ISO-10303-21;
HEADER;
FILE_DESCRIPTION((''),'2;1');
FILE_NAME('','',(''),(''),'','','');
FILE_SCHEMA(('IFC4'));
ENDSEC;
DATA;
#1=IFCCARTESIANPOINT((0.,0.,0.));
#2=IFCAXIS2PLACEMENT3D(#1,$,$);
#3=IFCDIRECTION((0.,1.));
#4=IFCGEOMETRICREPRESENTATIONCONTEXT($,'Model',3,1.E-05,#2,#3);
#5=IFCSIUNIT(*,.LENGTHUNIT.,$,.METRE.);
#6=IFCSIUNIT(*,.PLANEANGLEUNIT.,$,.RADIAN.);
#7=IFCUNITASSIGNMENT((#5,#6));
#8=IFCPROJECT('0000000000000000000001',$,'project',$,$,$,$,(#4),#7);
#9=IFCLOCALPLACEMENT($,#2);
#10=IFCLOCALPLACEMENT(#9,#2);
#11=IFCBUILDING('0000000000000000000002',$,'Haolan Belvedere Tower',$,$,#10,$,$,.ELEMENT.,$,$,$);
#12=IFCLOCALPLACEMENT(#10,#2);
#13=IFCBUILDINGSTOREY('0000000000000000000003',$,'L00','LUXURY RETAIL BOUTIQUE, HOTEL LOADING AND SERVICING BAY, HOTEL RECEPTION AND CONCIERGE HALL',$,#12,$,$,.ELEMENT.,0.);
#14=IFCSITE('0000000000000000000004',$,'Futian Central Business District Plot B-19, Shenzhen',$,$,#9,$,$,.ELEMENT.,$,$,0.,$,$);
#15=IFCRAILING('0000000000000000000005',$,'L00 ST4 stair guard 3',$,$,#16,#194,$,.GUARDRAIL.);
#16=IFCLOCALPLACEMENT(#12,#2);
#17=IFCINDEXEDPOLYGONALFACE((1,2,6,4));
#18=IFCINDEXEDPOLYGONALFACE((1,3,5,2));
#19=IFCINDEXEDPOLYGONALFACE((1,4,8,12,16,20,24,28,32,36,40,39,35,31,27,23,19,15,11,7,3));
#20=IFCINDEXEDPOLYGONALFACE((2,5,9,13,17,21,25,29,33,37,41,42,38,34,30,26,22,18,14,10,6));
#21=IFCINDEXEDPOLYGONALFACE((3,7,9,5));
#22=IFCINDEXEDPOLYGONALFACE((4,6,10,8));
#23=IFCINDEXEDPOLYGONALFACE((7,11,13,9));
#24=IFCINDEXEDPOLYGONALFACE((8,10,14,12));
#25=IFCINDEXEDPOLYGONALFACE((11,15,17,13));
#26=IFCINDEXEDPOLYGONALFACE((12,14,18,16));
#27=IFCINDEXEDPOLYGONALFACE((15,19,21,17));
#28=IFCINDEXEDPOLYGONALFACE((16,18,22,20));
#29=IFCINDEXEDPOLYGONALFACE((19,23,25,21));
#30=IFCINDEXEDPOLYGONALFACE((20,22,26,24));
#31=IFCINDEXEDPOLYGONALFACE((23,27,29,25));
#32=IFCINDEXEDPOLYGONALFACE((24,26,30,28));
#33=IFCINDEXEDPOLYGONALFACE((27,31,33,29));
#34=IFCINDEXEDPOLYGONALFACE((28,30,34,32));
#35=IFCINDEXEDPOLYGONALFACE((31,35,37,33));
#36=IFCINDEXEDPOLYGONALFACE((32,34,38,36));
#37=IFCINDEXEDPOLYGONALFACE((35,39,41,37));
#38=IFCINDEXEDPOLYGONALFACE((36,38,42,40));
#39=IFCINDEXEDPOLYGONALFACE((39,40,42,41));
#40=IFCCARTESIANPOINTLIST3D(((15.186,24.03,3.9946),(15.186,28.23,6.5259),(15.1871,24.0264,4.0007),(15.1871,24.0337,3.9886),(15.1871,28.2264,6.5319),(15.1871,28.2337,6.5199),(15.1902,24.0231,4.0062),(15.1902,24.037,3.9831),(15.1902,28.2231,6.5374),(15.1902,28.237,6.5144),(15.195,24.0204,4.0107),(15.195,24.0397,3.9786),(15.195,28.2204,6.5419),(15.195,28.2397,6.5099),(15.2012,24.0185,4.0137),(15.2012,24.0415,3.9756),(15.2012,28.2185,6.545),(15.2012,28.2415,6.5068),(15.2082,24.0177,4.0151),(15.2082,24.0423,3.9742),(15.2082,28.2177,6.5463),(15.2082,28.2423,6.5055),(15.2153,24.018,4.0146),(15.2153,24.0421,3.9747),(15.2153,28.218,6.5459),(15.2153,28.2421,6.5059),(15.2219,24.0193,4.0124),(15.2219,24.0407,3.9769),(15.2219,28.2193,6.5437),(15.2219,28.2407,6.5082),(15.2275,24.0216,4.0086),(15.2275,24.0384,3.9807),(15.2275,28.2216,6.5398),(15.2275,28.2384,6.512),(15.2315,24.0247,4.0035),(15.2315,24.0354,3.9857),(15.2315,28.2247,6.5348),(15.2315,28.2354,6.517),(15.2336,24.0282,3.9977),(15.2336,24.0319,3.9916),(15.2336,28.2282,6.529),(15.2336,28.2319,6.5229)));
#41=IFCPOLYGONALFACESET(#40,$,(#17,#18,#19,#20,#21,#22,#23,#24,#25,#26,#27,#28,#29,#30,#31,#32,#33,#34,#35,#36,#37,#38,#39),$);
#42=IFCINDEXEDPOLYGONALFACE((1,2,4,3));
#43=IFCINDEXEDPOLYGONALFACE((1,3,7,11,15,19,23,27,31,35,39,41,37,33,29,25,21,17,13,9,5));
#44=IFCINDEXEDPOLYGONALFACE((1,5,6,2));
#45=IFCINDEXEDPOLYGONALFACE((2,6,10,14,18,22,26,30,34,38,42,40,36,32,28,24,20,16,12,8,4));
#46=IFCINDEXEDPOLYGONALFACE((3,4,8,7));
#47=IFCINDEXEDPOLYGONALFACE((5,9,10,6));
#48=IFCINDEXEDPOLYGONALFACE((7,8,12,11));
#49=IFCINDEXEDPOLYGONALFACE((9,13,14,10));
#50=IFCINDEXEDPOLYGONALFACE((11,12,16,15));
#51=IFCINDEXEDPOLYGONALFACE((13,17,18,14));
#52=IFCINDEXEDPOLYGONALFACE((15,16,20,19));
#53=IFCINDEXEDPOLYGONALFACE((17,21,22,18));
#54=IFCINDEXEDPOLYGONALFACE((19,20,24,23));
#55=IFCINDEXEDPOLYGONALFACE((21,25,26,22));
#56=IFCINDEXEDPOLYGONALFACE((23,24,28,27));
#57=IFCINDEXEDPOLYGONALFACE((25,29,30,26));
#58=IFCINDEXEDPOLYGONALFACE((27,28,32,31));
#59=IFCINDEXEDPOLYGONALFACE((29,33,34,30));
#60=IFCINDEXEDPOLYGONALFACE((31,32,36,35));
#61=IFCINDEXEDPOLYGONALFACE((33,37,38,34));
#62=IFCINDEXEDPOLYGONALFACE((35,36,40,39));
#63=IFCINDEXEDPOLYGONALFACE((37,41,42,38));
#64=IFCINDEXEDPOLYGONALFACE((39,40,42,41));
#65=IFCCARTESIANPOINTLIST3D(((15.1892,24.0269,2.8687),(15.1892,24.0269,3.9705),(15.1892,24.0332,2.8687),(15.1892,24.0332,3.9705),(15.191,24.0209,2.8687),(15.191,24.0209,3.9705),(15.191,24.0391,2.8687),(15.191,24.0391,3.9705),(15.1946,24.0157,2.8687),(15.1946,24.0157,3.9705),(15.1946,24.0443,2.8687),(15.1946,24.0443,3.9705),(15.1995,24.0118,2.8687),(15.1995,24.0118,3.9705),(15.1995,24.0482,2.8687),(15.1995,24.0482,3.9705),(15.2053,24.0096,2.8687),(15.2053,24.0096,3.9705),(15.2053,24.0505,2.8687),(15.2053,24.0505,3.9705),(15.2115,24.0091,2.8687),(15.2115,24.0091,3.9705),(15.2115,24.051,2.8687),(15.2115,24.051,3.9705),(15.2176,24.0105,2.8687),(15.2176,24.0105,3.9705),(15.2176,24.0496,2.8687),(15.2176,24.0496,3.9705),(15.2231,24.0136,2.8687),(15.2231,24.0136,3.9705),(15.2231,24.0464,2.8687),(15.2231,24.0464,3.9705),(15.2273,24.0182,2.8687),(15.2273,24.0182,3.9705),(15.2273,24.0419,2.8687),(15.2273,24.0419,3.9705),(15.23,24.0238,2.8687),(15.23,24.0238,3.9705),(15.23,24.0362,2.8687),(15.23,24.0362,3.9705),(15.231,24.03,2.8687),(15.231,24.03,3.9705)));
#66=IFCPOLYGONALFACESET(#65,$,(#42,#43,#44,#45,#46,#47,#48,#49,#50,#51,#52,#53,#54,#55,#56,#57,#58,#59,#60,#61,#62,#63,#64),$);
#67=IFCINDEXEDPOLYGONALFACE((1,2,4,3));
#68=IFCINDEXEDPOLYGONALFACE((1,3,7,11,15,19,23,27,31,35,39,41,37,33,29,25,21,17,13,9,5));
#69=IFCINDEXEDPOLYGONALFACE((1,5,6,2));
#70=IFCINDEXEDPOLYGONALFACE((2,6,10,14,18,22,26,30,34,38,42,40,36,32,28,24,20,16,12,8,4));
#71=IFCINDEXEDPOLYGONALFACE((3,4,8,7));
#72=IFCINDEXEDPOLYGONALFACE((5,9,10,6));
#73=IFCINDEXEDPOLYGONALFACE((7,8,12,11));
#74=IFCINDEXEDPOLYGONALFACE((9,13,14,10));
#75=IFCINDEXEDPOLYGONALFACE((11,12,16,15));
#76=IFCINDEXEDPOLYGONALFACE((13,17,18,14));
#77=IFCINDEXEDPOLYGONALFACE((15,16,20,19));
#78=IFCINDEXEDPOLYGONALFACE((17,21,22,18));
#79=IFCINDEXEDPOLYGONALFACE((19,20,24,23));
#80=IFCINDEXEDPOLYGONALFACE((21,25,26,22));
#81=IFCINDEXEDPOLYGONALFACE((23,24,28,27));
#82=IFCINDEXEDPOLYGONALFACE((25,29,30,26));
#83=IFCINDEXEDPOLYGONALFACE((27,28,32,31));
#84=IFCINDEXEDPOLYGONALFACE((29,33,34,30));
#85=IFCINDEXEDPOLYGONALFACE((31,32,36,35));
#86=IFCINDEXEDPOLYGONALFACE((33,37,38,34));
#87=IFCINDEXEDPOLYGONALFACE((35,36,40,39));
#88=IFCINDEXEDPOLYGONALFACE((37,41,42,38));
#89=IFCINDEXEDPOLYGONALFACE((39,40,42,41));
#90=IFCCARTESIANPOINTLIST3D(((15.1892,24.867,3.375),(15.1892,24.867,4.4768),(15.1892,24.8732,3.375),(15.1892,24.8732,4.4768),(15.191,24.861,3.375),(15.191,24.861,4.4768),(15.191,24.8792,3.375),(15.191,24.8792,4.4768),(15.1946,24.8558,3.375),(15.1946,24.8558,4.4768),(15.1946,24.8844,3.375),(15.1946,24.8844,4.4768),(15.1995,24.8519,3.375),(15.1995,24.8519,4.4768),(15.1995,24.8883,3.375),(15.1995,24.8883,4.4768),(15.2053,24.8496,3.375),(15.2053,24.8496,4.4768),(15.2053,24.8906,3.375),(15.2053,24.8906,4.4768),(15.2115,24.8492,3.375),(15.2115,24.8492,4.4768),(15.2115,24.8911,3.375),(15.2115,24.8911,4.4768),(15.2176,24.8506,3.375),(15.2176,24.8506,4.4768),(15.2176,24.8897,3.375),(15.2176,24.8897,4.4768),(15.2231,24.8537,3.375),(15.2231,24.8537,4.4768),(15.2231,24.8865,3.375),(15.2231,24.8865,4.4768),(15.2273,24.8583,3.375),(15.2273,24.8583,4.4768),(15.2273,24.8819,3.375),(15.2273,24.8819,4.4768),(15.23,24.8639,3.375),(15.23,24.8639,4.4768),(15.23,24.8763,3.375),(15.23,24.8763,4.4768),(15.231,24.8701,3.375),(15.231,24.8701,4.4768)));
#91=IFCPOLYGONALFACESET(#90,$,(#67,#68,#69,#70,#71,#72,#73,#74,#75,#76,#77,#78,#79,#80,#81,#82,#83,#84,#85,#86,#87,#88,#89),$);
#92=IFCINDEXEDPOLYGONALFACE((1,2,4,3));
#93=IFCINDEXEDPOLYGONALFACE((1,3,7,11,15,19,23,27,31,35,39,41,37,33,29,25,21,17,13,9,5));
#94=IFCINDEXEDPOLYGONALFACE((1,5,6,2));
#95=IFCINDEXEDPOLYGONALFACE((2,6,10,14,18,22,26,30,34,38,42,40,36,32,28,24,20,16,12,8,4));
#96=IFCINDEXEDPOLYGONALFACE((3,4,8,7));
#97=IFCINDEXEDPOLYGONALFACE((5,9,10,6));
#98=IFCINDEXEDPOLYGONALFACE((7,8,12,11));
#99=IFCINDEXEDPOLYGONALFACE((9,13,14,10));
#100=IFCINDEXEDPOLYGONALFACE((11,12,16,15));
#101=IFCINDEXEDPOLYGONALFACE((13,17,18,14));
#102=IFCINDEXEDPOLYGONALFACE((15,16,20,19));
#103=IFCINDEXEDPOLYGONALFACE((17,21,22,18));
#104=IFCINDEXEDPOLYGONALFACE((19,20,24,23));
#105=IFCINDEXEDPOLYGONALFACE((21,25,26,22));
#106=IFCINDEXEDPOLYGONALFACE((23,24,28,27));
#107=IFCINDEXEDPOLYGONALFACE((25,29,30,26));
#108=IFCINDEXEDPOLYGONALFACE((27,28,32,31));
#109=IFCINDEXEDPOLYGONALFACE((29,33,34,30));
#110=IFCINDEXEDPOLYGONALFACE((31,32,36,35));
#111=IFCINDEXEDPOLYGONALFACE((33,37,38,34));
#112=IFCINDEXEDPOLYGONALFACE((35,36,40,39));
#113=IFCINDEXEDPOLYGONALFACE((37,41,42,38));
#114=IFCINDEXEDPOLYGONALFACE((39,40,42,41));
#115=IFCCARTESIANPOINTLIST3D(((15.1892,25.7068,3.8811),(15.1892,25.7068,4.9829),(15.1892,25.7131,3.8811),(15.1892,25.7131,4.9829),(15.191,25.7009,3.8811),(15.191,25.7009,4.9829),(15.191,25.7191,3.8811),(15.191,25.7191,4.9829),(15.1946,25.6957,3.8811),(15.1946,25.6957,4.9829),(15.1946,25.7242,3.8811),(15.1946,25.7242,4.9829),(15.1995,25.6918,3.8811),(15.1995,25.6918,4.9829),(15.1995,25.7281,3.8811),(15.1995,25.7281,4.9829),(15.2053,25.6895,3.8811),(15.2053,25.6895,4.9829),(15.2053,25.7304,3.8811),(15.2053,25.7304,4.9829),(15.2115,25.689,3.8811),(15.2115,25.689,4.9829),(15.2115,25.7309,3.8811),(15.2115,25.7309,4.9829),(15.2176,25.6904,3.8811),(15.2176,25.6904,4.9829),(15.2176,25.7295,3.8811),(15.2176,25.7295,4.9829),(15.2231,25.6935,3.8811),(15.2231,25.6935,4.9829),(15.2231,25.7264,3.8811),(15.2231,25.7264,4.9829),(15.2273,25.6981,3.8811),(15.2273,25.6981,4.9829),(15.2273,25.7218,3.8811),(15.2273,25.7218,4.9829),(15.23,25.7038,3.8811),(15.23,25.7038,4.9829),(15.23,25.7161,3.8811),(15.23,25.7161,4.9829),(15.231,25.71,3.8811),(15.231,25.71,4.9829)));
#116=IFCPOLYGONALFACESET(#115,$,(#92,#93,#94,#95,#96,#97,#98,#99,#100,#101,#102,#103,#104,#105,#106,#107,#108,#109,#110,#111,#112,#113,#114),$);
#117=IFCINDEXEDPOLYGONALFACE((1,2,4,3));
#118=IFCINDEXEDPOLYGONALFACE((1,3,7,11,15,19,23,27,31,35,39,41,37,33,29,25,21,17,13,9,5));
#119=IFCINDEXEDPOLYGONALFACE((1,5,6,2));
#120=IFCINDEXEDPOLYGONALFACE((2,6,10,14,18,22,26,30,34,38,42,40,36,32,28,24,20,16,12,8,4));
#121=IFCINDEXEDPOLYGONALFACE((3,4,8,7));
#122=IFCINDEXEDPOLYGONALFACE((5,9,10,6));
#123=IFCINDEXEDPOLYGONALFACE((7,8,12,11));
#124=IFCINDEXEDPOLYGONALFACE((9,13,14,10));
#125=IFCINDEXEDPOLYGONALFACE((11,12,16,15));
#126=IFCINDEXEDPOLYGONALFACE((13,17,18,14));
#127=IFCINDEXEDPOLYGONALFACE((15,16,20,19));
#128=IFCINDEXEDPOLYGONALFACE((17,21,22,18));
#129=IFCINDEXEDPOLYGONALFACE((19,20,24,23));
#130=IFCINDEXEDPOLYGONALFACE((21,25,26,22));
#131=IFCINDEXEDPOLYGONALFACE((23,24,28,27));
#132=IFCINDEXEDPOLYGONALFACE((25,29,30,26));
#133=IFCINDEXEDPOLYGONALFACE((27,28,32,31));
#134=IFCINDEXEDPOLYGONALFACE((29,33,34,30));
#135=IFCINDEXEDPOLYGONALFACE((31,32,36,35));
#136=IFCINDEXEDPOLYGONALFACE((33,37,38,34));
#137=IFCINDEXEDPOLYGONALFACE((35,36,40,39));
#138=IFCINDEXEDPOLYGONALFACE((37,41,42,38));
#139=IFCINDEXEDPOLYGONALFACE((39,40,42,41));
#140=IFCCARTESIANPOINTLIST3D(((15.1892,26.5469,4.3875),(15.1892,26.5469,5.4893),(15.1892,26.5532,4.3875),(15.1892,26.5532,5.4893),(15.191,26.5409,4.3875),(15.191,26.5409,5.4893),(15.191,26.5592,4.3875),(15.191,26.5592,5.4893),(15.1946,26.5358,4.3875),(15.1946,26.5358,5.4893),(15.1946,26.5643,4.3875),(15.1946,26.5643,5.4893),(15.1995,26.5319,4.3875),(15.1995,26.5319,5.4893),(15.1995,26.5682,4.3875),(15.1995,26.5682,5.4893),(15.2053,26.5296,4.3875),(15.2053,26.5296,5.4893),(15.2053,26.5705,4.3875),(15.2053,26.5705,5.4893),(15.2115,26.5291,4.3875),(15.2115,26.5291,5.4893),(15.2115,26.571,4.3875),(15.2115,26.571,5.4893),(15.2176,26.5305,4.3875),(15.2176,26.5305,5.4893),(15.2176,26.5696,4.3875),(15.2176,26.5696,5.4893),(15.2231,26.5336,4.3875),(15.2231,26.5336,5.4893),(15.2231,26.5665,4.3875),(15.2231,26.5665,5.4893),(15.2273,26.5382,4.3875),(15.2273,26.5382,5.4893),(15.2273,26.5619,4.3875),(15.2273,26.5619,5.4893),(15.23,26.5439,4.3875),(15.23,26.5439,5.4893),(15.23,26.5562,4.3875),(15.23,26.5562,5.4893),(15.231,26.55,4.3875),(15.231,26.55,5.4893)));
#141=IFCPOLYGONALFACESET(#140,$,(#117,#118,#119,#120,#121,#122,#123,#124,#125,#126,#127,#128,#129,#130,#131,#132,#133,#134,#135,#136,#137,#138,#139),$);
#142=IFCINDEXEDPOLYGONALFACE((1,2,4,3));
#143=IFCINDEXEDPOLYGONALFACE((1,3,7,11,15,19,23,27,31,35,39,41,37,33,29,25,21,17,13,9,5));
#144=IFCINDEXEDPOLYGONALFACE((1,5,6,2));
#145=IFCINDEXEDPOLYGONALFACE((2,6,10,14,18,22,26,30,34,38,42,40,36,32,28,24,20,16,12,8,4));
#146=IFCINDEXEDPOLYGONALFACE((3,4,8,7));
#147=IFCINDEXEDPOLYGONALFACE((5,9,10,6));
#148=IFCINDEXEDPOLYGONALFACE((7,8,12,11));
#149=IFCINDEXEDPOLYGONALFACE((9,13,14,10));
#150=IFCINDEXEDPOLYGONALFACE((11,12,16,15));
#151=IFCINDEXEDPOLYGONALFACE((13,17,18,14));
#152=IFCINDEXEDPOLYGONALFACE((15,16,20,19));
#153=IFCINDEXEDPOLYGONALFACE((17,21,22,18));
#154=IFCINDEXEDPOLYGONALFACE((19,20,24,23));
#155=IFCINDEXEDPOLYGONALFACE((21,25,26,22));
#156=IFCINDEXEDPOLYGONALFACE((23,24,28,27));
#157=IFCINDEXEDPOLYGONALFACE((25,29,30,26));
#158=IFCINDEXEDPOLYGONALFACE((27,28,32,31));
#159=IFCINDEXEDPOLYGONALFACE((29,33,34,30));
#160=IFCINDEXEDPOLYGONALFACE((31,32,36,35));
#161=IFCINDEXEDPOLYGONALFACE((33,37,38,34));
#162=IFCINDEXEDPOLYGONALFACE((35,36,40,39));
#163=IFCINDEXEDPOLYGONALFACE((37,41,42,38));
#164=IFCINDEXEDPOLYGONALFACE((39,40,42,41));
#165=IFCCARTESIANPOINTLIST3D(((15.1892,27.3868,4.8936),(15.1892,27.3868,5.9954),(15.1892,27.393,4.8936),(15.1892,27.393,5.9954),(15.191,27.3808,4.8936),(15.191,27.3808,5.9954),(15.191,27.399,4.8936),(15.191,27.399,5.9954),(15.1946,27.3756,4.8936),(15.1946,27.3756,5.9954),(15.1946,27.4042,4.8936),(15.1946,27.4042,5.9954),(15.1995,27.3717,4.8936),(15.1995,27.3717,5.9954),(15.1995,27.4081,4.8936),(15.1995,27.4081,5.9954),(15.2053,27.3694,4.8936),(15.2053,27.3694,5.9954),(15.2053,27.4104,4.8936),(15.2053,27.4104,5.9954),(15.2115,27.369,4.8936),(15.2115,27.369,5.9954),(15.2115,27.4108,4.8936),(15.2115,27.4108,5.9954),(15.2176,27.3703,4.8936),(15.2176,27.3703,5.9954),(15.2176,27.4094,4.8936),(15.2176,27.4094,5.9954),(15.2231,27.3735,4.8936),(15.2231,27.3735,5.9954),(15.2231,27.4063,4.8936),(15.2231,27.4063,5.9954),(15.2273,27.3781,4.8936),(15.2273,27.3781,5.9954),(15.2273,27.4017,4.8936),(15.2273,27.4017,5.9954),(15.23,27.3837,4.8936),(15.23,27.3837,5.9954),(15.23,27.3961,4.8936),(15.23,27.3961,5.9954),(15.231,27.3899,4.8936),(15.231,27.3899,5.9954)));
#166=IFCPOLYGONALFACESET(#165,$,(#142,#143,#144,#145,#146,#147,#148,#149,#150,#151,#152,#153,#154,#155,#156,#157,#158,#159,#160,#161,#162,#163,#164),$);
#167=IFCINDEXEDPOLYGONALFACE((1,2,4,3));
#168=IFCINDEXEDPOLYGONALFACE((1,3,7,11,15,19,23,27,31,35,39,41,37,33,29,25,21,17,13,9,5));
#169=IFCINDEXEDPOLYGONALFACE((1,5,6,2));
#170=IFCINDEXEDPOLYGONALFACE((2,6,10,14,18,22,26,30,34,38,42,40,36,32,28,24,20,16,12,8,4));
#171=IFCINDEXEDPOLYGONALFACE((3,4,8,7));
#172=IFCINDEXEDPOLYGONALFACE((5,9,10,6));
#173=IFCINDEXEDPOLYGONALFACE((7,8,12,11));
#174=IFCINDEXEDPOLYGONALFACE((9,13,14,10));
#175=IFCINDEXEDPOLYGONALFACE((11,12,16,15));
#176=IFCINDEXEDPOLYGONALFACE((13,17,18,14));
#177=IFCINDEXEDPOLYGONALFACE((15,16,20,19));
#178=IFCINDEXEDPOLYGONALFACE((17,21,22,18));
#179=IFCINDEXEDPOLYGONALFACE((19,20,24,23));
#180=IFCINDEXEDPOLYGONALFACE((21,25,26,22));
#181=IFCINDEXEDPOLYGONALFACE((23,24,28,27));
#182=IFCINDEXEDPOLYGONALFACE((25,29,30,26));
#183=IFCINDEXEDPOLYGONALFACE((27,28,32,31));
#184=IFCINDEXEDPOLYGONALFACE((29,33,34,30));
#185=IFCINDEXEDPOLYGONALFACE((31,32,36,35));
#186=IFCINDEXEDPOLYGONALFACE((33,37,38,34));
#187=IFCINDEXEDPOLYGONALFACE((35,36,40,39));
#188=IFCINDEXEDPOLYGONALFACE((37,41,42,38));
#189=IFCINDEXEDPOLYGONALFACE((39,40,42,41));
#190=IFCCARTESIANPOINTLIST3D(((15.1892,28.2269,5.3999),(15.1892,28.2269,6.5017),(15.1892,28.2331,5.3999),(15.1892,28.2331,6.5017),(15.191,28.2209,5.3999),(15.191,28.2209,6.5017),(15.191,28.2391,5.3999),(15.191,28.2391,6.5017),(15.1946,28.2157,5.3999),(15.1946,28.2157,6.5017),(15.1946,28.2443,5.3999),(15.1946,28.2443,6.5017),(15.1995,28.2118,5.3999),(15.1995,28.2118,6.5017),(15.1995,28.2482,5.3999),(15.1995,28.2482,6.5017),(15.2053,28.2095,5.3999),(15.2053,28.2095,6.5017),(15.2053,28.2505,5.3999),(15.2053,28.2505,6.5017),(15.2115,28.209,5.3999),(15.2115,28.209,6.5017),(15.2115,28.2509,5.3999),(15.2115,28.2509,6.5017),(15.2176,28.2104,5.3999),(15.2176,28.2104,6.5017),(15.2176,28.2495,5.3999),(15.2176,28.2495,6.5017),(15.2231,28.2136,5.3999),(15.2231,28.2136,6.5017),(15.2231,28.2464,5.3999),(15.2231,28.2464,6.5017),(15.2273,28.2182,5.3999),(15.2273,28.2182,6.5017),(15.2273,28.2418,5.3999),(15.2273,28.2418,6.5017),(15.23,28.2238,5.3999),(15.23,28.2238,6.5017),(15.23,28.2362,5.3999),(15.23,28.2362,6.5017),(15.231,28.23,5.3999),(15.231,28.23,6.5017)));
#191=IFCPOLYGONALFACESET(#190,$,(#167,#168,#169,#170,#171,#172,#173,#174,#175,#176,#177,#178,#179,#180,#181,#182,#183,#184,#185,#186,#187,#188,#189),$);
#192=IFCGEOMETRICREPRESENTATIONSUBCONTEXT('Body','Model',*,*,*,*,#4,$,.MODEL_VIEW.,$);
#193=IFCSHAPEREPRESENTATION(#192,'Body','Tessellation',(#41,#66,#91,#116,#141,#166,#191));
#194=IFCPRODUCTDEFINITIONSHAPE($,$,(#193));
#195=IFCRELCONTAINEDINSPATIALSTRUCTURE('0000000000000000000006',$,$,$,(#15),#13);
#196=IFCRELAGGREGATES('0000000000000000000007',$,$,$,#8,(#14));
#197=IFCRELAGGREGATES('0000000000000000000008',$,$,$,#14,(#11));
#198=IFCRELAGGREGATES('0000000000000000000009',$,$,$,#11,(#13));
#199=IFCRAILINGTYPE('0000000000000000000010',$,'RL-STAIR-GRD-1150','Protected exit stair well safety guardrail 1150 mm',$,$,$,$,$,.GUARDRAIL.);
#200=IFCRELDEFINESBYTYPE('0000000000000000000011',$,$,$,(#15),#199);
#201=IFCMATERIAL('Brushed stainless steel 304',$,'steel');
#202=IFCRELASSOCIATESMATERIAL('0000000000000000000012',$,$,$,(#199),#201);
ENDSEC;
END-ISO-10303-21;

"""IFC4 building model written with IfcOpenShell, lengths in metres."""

from ifc_helpers import new_model, si_unit, direction, frame, origin, origin_2d, place, context, subcontext, project, spatial, circle, extrude, material, type_object, element, save


model = new_model("IFC4")

# Units and contexts
model_context = context("Model", 3, precision=1e-05, world=origin(), true_north=direction((0.0, 1.0)))
body_context = subcontext(model_context, "Body", "Model", "MODEL_VIEW")
ifc_project = project(units=[si_unit("LENGTHUNIT", "METRE"), si_unit("PLANEANGLEUNIT", "RADIAN")], contexts=[model_context])

# Site, building, storey
site_placement = place(None, origin())
site = spatial("IfcSite", under=ifc_project, at=site_placement, Name="Futian Central Business District Plot B-19, Shenzhen", CompositionType="ELEMENT", RefElevation=0.0)
building_placement = place(site_placement, origin())
building = spatial("IfcBuilding", under=site, at=building_placement, Name="Haolan Belvedere Tower", CompositionType="ELEMENT")
storey_placement = place(building_placement, origin())
storey = spatial("IfcBuildingStorey", under=building, at=storey_placement, Name="L00", Description="LUXURY RETAIL BOUTIQUE, HOTEL LOADING AND SERVICING BAY, HOTEL RECEPTION AND CONCIERGE HALL", CompositionType="ELEMENT", Elevation=0.0)

# Railing
ifc_material_1 = material(Name="Brushed stainless steel 304", Category="steel")
railing_type_1 = type_object("IfcRailingType", Name="RL-STAIR-GRD-1150", Description="Protected exit stair well safety guardrail 1150 mm", PredefinedType="GUARDRAIL", material=ifc_material_1)
railing_1_placement = place(storey_placement, frame((15.21, 24.03, 2.8687)))
element("IfcRailing", 1, at=railing_1_placement, inside=storey, type_object=railing_type_1, Name="L00 ST4 stair guard 3", PredefinedType="GUARDRAIL", context=body_context, shape_type="SweptSolid", body=[
    extrude(circle(Radius=0.0239, at=origin_2d()), frame((0.0, 0.0, 1.126), z_axis=(0.0, 0.856476, 0.516186), x_axis=(-1.0, 0.0, 0.0)), (0.0, 0.0, 1.0), 4.9038),
    extrude(circle(Radius=0.021, at=origin_2d()), origin(), (0.0, 0.0, 1.0), 1.1018),
    extrude(circle(Radius=0.021, at=origin_2d()), frame((0.0, 0.8401, 0.5063)), (0.0, 0.0, 1.0), 1.1018),
    extrude(circle(Radius=0.021, at=origin_2d()), frame((0.0, 1.6799, 1.0125)), (0.0, 0.0, 1.0), 1.1018),
    extrude(circle(Radius=0.021, at=origin_2d()), frame((0.0, 2.52, 1.5188)), (0.0, 0.0, 1.0), 1.1018),
    extrude(circle(Radius=0.021, at=origin_2d()), frame((0.0, 3.3599, 2.0249)), (0.0, 0.0, 1.0), 1.1018),
    extrude(circle(Radius=0.021, at=origin_2d()), frame((0.0, 4.2, 2.5312)), (0.0, 0.0, 1.0), 1.1018),
])

save(model, "model.ifc")
